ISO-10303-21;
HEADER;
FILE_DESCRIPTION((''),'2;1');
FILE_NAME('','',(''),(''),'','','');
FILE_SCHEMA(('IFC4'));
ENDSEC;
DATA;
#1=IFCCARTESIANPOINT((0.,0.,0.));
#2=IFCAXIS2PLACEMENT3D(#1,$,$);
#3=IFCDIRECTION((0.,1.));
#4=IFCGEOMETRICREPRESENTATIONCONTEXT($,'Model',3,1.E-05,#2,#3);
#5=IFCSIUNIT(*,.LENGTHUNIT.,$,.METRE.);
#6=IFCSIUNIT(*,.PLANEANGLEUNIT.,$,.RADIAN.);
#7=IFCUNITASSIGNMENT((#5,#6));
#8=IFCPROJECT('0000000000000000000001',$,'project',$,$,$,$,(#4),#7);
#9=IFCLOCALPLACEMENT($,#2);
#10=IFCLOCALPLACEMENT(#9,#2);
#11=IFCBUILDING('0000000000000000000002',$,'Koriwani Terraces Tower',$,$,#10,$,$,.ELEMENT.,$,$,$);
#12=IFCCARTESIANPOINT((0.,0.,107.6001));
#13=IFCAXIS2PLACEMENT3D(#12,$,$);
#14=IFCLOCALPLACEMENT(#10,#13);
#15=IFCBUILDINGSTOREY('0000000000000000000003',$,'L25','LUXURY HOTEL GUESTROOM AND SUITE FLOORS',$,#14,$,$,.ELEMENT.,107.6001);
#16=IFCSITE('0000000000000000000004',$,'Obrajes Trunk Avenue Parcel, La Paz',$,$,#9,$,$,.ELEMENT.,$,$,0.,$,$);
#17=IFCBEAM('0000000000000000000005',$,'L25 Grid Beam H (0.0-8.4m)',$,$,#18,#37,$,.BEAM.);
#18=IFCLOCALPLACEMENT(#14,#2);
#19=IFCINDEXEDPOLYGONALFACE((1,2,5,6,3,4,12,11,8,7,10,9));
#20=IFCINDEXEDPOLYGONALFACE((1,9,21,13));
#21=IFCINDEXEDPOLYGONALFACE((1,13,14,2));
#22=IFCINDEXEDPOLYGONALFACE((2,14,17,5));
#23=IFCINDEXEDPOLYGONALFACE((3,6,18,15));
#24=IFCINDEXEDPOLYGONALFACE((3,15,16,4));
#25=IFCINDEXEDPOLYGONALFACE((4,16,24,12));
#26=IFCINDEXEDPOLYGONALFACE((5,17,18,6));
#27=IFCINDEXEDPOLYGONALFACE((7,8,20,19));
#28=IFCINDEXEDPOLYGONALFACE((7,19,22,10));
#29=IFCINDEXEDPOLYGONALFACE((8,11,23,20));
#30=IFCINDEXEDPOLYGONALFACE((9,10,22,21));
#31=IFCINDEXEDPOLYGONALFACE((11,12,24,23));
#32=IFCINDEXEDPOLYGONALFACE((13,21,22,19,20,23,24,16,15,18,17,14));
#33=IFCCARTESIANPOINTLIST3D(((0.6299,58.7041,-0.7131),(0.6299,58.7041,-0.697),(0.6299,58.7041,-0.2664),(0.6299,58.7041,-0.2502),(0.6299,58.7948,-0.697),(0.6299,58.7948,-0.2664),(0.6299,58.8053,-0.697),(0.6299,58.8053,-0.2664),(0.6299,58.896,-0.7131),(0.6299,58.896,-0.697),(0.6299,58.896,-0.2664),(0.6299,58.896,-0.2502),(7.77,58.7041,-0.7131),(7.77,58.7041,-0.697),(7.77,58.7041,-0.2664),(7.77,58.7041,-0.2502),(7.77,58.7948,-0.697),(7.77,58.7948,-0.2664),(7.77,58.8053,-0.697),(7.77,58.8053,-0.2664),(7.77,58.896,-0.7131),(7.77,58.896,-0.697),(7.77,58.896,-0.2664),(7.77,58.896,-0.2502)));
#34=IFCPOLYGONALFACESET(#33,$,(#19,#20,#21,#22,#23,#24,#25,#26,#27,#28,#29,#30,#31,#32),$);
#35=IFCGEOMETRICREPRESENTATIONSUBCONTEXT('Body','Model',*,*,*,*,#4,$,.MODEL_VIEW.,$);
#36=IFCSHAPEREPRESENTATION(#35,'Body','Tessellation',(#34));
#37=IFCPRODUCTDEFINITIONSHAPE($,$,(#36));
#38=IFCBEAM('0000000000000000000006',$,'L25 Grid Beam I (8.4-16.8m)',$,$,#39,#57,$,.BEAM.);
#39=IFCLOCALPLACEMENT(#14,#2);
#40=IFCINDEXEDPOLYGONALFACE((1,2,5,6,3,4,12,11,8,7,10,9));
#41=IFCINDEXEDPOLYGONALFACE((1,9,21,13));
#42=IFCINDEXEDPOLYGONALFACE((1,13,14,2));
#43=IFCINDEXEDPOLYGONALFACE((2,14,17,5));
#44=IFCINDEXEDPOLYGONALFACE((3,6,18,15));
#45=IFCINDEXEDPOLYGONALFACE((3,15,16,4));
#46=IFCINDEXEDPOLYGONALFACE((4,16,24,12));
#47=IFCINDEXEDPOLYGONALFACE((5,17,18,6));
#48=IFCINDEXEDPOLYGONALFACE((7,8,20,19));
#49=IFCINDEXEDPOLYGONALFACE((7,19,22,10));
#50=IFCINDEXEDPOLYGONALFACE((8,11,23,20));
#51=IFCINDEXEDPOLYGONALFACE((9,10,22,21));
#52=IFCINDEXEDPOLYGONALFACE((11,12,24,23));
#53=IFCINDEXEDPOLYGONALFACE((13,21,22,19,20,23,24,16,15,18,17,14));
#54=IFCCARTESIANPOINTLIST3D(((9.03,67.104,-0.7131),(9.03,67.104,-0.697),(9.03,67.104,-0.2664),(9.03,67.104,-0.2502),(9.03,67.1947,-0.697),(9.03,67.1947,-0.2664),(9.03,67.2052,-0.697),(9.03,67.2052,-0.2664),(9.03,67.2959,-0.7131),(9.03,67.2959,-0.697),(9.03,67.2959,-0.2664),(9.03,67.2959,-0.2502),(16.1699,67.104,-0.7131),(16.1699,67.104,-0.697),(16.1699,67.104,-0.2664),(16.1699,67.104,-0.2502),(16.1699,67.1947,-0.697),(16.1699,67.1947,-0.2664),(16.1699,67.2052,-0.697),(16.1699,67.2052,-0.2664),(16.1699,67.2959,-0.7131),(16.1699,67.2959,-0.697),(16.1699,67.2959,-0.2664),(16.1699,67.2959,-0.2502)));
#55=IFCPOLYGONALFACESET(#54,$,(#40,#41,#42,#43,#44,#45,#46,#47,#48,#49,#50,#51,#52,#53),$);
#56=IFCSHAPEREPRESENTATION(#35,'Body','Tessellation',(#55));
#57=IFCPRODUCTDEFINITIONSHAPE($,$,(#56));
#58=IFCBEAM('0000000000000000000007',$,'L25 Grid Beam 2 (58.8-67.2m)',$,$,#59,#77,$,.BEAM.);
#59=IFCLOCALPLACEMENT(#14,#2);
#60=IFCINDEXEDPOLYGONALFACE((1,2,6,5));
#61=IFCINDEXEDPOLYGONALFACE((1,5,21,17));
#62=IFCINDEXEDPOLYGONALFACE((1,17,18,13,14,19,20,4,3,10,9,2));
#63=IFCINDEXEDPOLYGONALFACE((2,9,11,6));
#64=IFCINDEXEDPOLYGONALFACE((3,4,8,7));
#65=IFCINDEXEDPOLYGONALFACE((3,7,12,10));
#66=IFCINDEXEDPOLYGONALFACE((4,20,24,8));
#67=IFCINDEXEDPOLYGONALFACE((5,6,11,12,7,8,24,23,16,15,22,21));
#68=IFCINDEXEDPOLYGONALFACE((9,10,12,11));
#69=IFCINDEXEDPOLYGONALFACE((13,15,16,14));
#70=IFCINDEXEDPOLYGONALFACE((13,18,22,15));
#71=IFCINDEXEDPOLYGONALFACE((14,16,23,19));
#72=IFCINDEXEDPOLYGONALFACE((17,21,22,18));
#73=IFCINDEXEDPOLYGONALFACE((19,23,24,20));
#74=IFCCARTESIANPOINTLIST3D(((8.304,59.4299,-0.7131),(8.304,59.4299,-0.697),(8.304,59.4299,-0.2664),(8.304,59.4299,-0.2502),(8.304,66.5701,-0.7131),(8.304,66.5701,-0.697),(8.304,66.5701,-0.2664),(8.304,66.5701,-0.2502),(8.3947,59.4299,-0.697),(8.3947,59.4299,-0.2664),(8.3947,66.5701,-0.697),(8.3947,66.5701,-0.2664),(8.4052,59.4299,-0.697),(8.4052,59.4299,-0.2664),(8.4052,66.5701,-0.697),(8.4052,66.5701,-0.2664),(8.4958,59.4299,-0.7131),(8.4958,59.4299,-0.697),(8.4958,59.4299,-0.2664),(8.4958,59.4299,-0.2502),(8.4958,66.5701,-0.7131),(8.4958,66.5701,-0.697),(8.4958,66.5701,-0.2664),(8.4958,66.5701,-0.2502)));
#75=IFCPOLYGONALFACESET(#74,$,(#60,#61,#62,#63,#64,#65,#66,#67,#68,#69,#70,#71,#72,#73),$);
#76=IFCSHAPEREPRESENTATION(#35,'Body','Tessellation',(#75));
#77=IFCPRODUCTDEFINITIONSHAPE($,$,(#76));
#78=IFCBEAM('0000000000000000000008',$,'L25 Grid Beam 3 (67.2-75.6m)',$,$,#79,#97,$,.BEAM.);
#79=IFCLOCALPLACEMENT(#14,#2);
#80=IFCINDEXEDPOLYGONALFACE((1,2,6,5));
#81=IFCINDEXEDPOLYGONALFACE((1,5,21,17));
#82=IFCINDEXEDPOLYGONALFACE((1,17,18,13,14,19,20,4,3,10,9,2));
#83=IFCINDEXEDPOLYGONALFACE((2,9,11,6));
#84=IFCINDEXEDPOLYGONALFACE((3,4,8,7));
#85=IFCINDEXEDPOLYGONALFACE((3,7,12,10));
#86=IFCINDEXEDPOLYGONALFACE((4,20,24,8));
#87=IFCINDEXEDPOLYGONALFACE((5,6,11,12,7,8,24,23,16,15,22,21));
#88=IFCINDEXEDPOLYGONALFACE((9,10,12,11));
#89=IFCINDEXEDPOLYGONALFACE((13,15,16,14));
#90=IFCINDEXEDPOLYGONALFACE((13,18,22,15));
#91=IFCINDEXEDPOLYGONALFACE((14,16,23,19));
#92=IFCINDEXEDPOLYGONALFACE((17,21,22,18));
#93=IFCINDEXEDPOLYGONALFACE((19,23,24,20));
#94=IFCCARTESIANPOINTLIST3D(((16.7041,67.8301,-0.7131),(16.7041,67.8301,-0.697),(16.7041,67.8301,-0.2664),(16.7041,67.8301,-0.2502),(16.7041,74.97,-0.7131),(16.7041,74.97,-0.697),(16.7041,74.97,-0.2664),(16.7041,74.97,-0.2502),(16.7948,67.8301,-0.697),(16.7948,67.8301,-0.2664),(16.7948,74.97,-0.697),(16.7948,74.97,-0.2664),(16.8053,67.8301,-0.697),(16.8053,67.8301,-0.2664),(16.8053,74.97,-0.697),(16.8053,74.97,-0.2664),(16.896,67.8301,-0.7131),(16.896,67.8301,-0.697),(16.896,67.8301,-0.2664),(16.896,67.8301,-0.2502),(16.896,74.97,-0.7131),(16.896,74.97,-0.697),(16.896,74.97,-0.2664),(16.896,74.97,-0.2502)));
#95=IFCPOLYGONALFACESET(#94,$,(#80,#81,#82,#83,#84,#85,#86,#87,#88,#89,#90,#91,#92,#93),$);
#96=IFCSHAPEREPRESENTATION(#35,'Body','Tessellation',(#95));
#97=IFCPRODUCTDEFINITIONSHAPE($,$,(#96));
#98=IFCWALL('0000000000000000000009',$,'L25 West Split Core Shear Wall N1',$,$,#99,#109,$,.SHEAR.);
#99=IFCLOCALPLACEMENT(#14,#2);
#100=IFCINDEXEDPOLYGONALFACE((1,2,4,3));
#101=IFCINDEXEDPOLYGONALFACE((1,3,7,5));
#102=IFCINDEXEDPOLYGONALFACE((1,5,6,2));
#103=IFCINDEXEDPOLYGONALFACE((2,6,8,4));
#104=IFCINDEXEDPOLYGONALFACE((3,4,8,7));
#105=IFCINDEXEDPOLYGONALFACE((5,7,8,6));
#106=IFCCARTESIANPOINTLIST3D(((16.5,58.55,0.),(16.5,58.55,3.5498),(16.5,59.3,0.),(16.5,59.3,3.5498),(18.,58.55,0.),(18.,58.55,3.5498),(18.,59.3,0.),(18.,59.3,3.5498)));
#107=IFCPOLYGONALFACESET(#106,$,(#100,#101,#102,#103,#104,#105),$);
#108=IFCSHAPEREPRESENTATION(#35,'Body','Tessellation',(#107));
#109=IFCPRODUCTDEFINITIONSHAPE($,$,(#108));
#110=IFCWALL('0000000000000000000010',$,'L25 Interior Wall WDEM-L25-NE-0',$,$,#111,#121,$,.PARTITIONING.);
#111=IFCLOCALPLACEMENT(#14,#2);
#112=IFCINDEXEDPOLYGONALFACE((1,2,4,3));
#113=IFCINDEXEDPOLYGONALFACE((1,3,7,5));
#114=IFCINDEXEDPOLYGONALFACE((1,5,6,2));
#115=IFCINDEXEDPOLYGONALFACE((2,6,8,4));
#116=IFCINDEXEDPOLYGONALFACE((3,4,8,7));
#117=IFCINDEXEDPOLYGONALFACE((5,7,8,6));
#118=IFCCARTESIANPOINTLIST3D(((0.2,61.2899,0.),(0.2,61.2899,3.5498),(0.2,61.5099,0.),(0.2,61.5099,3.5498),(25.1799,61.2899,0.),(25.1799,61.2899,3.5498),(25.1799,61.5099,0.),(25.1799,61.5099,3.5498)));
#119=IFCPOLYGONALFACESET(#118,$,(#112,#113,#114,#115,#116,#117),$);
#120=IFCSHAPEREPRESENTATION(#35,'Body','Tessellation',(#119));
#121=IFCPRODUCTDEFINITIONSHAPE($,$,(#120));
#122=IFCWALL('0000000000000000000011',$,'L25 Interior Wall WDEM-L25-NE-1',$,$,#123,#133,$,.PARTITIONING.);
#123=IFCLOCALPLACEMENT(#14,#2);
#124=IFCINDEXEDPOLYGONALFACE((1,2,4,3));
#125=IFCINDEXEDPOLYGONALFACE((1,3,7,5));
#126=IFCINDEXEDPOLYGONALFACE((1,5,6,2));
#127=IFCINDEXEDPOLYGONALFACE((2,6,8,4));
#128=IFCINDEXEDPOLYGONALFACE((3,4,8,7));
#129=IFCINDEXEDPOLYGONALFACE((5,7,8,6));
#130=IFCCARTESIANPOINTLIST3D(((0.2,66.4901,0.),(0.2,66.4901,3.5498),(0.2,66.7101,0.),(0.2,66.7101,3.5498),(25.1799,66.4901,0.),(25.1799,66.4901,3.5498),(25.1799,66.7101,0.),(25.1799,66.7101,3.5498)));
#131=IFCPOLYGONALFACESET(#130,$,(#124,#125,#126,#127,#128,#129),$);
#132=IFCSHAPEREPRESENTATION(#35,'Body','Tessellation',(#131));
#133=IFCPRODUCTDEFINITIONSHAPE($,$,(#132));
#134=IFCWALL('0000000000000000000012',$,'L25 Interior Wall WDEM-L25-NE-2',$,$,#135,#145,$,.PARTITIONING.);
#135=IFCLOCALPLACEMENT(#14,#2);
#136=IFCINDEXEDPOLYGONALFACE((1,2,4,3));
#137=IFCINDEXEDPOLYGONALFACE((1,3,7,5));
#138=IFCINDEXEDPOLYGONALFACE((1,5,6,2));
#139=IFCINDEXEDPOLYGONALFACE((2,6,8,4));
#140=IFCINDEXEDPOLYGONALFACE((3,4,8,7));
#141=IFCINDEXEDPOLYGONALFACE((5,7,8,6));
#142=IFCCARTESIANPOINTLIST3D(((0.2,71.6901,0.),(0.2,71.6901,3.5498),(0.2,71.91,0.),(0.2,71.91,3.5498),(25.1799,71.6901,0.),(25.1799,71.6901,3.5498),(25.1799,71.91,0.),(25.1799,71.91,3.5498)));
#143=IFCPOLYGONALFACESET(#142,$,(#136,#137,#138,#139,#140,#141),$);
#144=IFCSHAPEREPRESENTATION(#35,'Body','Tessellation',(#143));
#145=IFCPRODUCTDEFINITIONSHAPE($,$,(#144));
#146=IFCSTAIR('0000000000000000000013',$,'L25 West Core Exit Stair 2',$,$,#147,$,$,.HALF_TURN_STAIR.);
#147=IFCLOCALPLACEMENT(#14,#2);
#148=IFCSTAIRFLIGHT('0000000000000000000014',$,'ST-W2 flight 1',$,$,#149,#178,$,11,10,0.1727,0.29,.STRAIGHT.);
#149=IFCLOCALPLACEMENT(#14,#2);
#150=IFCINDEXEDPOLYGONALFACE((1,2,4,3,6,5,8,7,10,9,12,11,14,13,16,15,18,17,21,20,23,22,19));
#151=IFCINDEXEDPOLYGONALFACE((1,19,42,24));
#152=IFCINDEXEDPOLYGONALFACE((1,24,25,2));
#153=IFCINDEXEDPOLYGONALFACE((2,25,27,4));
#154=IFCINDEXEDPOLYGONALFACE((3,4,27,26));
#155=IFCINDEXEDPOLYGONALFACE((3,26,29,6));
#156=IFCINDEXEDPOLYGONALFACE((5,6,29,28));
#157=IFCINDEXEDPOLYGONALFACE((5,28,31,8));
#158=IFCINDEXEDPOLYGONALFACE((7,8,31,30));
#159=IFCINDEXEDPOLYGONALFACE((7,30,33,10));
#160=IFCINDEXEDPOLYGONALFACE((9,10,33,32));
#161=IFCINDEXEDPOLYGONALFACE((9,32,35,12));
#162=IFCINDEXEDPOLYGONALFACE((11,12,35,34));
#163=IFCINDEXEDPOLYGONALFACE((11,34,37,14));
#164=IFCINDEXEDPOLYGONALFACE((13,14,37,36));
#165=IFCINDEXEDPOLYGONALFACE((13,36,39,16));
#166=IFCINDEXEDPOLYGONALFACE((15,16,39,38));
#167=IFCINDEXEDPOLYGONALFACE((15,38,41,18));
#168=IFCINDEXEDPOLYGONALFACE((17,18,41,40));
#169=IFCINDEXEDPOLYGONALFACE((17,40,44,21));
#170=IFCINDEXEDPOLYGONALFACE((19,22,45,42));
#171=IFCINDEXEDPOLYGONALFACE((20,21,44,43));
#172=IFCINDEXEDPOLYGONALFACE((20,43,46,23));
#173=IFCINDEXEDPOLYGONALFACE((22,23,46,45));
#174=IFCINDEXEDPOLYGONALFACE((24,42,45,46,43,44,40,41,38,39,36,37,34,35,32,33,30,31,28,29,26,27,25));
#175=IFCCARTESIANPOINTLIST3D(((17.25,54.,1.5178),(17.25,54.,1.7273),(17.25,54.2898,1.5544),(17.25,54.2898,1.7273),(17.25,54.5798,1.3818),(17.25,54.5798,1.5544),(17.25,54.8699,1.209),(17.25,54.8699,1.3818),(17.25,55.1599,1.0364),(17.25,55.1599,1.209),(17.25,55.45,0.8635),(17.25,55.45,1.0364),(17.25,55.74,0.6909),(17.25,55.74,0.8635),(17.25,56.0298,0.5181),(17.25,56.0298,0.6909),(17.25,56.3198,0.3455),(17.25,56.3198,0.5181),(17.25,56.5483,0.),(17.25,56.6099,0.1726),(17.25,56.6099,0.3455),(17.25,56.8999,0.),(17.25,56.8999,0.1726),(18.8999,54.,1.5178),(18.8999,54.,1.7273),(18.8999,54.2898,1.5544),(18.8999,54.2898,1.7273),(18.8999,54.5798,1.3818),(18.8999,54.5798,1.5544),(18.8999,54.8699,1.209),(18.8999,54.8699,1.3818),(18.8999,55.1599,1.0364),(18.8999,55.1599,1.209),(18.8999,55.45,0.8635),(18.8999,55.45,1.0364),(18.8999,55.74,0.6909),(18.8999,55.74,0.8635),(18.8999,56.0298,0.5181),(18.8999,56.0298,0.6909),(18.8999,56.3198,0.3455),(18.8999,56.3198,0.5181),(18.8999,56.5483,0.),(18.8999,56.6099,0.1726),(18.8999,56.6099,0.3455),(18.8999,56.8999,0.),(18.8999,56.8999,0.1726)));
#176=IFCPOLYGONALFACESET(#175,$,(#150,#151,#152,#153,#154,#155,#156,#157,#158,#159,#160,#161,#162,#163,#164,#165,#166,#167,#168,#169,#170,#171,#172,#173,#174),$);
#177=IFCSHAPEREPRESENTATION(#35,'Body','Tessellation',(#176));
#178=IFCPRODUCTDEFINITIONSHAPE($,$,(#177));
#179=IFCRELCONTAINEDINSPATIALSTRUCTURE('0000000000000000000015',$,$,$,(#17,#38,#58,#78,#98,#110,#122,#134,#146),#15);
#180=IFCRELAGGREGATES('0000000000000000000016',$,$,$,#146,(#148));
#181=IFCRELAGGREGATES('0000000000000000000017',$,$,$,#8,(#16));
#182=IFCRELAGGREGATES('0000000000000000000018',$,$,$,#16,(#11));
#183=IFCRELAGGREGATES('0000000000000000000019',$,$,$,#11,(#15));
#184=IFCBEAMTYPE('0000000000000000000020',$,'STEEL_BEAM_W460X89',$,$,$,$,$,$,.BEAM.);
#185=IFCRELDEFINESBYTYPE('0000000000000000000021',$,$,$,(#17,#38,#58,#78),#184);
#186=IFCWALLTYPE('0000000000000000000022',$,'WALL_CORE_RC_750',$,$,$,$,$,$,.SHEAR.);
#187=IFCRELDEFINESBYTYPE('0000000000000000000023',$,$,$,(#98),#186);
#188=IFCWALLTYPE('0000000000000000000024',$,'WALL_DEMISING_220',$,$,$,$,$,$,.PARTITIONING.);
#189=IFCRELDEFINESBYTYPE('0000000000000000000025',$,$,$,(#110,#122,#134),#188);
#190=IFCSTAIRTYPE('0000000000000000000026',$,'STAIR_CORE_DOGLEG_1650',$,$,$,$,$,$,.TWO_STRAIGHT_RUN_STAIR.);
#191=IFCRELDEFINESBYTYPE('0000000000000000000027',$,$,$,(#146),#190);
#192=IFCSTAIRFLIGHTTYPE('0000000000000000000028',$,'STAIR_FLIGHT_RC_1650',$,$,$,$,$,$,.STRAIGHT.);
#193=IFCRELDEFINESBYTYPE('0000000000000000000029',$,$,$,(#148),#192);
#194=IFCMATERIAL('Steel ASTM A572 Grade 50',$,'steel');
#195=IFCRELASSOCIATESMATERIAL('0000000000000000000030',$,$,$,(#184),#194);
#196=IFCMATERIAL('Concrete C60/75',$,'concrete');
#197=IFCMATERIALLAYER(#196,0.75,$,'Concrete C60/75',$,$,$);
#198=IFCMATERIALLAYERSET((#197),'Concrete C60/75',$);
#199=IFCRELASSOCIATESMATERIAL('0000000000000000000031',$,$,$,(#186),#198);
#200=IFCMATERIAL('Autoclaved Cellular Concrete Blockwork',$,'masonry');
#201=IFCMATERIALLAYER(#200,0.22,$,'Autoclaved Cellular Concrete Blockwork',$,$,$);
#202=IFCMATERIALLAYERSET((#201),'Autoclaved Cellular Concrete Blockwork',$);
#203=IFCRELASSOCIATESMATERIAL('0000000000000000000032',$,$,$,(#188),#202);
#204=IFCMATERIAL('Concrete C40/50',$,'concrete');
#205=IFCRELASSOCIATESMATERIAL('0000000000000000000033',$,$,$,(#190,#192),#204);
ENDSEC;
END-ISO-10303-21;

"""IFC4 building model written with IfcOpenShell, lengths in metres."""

from ifc_helpers import new_model, si_unit, direction, frame, frame_2d, origin, origin_2d, place, context, subcontext, project, spatial, polyline, rectangle, i_section, outline, extrude, material, layer, layer_set, material_profile, profile_set, type_object, element, aggregate, save


model = new_model("IFC4")

# Units and contexts
model_context = context("Model", 3, precision=1e-05, world=origin(), true_north=direction((0.0, 1.0)))
body_context = subcontext(model_context, "Body", "Model", "MODEL_VIEW")
ifc_project = project(units=[si_unit("LENGTHUNIT", "METRE"), si_unit("PLANEANGLEUNIT", "RADIAN")], contexts=[model_context])

# Site, building, storey
site_placement = place(None, origin())
site = spatial("IfcSite", under=ifc_project, at=site_placement, Name="Obrajes Trunk Avenue Parcel, La Paz", CompositionType="ELEMENT", RefElevation=0.0)
building_placement = place(site_placement, origin())
building = spatial("IfcBuilding", under=site, at=building_placement, Name="Koriwani Terraces Tower", CompositionType="ELEMENT")
storey_placement = place(building_placement, frame((0.0, 0.0, 107.6001)))
storey = spatial("IfcBuildingStorey", under=building, at=storey_placement, Name="L25", Description="LUXURY HOTEL GUESTROOM AND SUITE FLOORS", CompositionType="ELEMENT", Elevation=107.6001)

# Shared definitions
ifc_material_1 = material(Name="Concrete C60/75", Category="concrete")

# Beams
ifc_material_2 = material(Name="Concrete C40/50", Category="concrete")
ifc_material_3 = material(Name="Steel ASTM A572 Grade 50", Category="steel")
ifc_material_profile_1 = material_profile(ifc_material_3, i_section(OverallWidth=0.1919, OverallDepth=0.4629, WebThickness=0.0105, FlangeThickness=0.0161, at=origin_2d()), Name="Steel ASTM A572 Grade 50", Category="LoadBearing")
ifc_profile_set_1 = profile_set([ifc_material_profile_1], Name="Steel ASTM A572 Grade 50")
beam_type_1 = type_object("IfcBeamType", Name="STEEL_BEAM_W460X89", PredefinedType="BEAM", material=ifc_profile_set_1)
beam_1_placement = place(storey_placement, frame((0.6299, 58.8, -0.4817), z_axis=(1.0, 0.0, 0.0), x_axis=(0.0, 1.0, 0.0)))
element("IfcBeam", 1, at=beam_1_placement, inside=storey, type_object=beam_type_1, Name="L25 Grid Beam H (0.0-8.4m)", PredefinedType="BEAM", context=body_context, shape_type="SweptSolid", body=[
    extrude(i_section(OverallWidth=0.1919, OverallDepth=0.4629, WebThickness=0.0105, FlangeThickness=0.0161, at=origin_2d()), origin(), (0.0, 0.0, 1.0), 7.1401),
])
beam_2_placement = place(storey_placement, frame((9.03, 67.2, -0.4817), z_axis=(1.0, 0.0, 0.0), x_axis=(0.0, 1.0, 0.0)))
element("IfcBeam", 2, at=beam_2_placement, inside=storey, type_object=beam_type_1, Name="L25 Grid Beam I (8.4-16.8m)", PredefinedType="BEAM", context=body_context, shape_type="SweptSolid", body=[
    extrude(i_section(OverallWidth=0.1919, OverallDepth=0.4629, WebThickness=0.0105, FlangeThickness=0.0161, at=origin_2d()), origin(), (0.0, 0.0, 1.0), 7.1399),
])
beam_3_placement = place(storey_placement, frame((8.3999, 59.4299, -0.4817), z_axis=(0.0, 1.0, 0.0), x_axis=(-1.0, 0.0, 0.0)))
element("IfcBeam", 3, at=beam_3_placement, inside=storey, type_object=beam_type_1, Name="L25 Grid Beam 2 (58.8-67.2m)", PredefinedType="BEAM", context=body_context, shape_type="SweptSolid", body=[
    extrude(i_section(OverallWidth=0.1919, OverallDepth=0.4629, WebThickness=0.0105, FlangeThickness=0.0161, at=origin_2d()), origin(), (0.0, 0.0, 1.0), 7.1401),
])
beam_4_placement = place(storey_placement, frame((16.8, 67.8301, -0.4817), z_axis=(0.0, 1.0, 0.0), x_axis=(-1.0, 0.0, 0.0)))
element("IfcBeam", 4, at=beam_4_placement, inside=storey, type_object=beam_type_1, Name="L25 Grid Beam 3 (67.2-75.6m)", PredefinedType="BEAM", context=body_context, shape_type="SweptSolid", body=[
    extrude(i_section(OverallWidth=0.1919, OverallDepth=0.4629, WebThickness=0.0105, FlangeThickness=0.0161, at=origin_2d()), origin(), (0.0, 0.0, 1.0), 7.1399),
])

# Walls
ifc_layer_1 = layer(ifc_material_1, 0.75, Name="Concrete C60/75")
ifc_layer_set_1 = layer_set([ifc_layer_1], Name="Concrete C60/75")
wall_type_1 = type_object("IfcWallType", Name="WALL_CORE_RC_750", PredefinedType="SHEAR", material=ifc_layer_set_1)
wall_1_placement = place(storey_placement, frame((16.5, 58.925, 0.0), z_axis=(0.0, 0.0, 1.0), x_axis=(1.0, 0.0, 0.0)))
element("IfcWall", 5, at=wall_1_placement, inside=storey, type_object=wall_type_1, Name="L25 West Split Core Shear Wall N1", PredefinedType="SHEAR", context=body_context, shape_type="SweptSolid", body=[
    extrude(rectangle(XDim=1.5, YDim=0.75, at=frame_2d((0.75, 0.0))), origin(), (0.0, 0.0, 1.0), 3.5498),
])
ifc_material_4 = material(Name="Autoclaved Cellular Concrete Blockwork", Category="masonry")
ifc_layer_2 = layer(ifc_material_4, 0.22, Name="Autoclaved Cellular Concrete Blockwork")
ifc_layer_set_2 = layer_set([ifc_layer_2], Name="Autoclaved Cellular Concrete Blockwork")
wall_type_2 = type_object("IfcWallType", Name="WALL_DEMISING_220", PredefinedType="PARTITIONING", material=ifc_layer_set_2)
for number, where, z_axis, x_axis, name in (
    (6, (0.2, 61.3999, 0.0), (0.0, 0.0, 1.0), (1.0, 0.0, 0.0), "L25 Interior Wall WDEM-L25-NE-0"),
    (7, (0.2, 66.6001, 0.0), (0.0, 0.0, 1.0), (1.0, 0.0, 0.0), "L25 Interior Wall WDEM-L25-NE-1"),
    (8, (0.2, 71.8, 0.0), (0.0, 0.0, 1.0), (1.0, 0.0, 0.0), "L25 Interior Wall WDEM-L25-NE-2"),
):
    element("IfcWall", number, at=place(storey_placement, frame(where, z_axis=z_axis, x_axis=x_axis)), inside=storey, type_object=wall_type_2, Name=name, PredefinedType="PARTITIONING", context=body_context, shape_type="SweptSolid", body=[
        extrude(rectangle(XDim=24.98, YDim=0.22, at=frame_2d((12.49, 0.0))), origin(), (0.0, 0.0, 1.0), 3.5498),
    ])

# Stair, stair flight
stair_type = type_object("IfcStairType", Name="STAIR_CORE_DOGLEG_1650", PredefinedType="TWO_STRAIGHT_RUN_STAIR", material=ifc_material_2)
stair_placement = place(storey_placement, origin())
stair = element("IfcStair", 9, at=stair_placement, inside=storey, type_object=stair_type, Name="L25 West Core Exit Stair 2", PredefinedType="HALF_TURN_STAIR")
stair_flight_type = type_object("IfcStairFlightType", Name="STAIR_FLIGHT_RC_1650", PredefinedType="STRAIGHT", material=ifc_material_2)
stair_flight_placement = place(storey_placement, frame((18.075, 56.8999, 0.0), z_axis=(0.0, 0.0, 1.0), x_axis=(0.0, -1.0, 0.0)))
stair_flight = element("IfcStairFlight", 10, at=stair_flight_placement, type_object=stair_flight_type, Name="ST-W2 flight 1", NumberOfRisers=11, NumberOfTreads=10, PredefinedType="STRAIGHT", RiserHeight=0.1727, TreadLength=0.29, context=body_context, shape_type="SweptSolid", body=[
    extrude(outline(polyline([(0.0, 0.0), (0.0, 0.1726), (0.29, 0.1726), (0.29, 0.3455), (0.5801, 0.3455), (0.5801, 0.5181), (0.8701, 0.5181), (0.8701, 0.6909), (1.1599, 0.6909), (1.1599, 0.8635), (1.45, 0.8635), (1.45, 1.0364), (1.74, 1.0364), (1.74, 1.209), (2.03, 1.209), (2.03, 1.3818), (2.3201, 1.3818), (2.3201, 1.5544), (2.6101, 1.5544), (2.6101, 1.7273), (2.8999, 1.7273), (2.8999, 1.8999), (2.8999, 1.5178), (0.3516, 0.0), (0.0, 0.0)])), frame((0.0, 0.825, 0.0), z_axis=(0.0, -1.0, 0.0), x_axis=(1.0, 0.0, 0.0)), (0.0, 0.0, 1.0), 1.6499),
])
aggregate(stair, [stair_flight])

save(model, "model.ifc")
